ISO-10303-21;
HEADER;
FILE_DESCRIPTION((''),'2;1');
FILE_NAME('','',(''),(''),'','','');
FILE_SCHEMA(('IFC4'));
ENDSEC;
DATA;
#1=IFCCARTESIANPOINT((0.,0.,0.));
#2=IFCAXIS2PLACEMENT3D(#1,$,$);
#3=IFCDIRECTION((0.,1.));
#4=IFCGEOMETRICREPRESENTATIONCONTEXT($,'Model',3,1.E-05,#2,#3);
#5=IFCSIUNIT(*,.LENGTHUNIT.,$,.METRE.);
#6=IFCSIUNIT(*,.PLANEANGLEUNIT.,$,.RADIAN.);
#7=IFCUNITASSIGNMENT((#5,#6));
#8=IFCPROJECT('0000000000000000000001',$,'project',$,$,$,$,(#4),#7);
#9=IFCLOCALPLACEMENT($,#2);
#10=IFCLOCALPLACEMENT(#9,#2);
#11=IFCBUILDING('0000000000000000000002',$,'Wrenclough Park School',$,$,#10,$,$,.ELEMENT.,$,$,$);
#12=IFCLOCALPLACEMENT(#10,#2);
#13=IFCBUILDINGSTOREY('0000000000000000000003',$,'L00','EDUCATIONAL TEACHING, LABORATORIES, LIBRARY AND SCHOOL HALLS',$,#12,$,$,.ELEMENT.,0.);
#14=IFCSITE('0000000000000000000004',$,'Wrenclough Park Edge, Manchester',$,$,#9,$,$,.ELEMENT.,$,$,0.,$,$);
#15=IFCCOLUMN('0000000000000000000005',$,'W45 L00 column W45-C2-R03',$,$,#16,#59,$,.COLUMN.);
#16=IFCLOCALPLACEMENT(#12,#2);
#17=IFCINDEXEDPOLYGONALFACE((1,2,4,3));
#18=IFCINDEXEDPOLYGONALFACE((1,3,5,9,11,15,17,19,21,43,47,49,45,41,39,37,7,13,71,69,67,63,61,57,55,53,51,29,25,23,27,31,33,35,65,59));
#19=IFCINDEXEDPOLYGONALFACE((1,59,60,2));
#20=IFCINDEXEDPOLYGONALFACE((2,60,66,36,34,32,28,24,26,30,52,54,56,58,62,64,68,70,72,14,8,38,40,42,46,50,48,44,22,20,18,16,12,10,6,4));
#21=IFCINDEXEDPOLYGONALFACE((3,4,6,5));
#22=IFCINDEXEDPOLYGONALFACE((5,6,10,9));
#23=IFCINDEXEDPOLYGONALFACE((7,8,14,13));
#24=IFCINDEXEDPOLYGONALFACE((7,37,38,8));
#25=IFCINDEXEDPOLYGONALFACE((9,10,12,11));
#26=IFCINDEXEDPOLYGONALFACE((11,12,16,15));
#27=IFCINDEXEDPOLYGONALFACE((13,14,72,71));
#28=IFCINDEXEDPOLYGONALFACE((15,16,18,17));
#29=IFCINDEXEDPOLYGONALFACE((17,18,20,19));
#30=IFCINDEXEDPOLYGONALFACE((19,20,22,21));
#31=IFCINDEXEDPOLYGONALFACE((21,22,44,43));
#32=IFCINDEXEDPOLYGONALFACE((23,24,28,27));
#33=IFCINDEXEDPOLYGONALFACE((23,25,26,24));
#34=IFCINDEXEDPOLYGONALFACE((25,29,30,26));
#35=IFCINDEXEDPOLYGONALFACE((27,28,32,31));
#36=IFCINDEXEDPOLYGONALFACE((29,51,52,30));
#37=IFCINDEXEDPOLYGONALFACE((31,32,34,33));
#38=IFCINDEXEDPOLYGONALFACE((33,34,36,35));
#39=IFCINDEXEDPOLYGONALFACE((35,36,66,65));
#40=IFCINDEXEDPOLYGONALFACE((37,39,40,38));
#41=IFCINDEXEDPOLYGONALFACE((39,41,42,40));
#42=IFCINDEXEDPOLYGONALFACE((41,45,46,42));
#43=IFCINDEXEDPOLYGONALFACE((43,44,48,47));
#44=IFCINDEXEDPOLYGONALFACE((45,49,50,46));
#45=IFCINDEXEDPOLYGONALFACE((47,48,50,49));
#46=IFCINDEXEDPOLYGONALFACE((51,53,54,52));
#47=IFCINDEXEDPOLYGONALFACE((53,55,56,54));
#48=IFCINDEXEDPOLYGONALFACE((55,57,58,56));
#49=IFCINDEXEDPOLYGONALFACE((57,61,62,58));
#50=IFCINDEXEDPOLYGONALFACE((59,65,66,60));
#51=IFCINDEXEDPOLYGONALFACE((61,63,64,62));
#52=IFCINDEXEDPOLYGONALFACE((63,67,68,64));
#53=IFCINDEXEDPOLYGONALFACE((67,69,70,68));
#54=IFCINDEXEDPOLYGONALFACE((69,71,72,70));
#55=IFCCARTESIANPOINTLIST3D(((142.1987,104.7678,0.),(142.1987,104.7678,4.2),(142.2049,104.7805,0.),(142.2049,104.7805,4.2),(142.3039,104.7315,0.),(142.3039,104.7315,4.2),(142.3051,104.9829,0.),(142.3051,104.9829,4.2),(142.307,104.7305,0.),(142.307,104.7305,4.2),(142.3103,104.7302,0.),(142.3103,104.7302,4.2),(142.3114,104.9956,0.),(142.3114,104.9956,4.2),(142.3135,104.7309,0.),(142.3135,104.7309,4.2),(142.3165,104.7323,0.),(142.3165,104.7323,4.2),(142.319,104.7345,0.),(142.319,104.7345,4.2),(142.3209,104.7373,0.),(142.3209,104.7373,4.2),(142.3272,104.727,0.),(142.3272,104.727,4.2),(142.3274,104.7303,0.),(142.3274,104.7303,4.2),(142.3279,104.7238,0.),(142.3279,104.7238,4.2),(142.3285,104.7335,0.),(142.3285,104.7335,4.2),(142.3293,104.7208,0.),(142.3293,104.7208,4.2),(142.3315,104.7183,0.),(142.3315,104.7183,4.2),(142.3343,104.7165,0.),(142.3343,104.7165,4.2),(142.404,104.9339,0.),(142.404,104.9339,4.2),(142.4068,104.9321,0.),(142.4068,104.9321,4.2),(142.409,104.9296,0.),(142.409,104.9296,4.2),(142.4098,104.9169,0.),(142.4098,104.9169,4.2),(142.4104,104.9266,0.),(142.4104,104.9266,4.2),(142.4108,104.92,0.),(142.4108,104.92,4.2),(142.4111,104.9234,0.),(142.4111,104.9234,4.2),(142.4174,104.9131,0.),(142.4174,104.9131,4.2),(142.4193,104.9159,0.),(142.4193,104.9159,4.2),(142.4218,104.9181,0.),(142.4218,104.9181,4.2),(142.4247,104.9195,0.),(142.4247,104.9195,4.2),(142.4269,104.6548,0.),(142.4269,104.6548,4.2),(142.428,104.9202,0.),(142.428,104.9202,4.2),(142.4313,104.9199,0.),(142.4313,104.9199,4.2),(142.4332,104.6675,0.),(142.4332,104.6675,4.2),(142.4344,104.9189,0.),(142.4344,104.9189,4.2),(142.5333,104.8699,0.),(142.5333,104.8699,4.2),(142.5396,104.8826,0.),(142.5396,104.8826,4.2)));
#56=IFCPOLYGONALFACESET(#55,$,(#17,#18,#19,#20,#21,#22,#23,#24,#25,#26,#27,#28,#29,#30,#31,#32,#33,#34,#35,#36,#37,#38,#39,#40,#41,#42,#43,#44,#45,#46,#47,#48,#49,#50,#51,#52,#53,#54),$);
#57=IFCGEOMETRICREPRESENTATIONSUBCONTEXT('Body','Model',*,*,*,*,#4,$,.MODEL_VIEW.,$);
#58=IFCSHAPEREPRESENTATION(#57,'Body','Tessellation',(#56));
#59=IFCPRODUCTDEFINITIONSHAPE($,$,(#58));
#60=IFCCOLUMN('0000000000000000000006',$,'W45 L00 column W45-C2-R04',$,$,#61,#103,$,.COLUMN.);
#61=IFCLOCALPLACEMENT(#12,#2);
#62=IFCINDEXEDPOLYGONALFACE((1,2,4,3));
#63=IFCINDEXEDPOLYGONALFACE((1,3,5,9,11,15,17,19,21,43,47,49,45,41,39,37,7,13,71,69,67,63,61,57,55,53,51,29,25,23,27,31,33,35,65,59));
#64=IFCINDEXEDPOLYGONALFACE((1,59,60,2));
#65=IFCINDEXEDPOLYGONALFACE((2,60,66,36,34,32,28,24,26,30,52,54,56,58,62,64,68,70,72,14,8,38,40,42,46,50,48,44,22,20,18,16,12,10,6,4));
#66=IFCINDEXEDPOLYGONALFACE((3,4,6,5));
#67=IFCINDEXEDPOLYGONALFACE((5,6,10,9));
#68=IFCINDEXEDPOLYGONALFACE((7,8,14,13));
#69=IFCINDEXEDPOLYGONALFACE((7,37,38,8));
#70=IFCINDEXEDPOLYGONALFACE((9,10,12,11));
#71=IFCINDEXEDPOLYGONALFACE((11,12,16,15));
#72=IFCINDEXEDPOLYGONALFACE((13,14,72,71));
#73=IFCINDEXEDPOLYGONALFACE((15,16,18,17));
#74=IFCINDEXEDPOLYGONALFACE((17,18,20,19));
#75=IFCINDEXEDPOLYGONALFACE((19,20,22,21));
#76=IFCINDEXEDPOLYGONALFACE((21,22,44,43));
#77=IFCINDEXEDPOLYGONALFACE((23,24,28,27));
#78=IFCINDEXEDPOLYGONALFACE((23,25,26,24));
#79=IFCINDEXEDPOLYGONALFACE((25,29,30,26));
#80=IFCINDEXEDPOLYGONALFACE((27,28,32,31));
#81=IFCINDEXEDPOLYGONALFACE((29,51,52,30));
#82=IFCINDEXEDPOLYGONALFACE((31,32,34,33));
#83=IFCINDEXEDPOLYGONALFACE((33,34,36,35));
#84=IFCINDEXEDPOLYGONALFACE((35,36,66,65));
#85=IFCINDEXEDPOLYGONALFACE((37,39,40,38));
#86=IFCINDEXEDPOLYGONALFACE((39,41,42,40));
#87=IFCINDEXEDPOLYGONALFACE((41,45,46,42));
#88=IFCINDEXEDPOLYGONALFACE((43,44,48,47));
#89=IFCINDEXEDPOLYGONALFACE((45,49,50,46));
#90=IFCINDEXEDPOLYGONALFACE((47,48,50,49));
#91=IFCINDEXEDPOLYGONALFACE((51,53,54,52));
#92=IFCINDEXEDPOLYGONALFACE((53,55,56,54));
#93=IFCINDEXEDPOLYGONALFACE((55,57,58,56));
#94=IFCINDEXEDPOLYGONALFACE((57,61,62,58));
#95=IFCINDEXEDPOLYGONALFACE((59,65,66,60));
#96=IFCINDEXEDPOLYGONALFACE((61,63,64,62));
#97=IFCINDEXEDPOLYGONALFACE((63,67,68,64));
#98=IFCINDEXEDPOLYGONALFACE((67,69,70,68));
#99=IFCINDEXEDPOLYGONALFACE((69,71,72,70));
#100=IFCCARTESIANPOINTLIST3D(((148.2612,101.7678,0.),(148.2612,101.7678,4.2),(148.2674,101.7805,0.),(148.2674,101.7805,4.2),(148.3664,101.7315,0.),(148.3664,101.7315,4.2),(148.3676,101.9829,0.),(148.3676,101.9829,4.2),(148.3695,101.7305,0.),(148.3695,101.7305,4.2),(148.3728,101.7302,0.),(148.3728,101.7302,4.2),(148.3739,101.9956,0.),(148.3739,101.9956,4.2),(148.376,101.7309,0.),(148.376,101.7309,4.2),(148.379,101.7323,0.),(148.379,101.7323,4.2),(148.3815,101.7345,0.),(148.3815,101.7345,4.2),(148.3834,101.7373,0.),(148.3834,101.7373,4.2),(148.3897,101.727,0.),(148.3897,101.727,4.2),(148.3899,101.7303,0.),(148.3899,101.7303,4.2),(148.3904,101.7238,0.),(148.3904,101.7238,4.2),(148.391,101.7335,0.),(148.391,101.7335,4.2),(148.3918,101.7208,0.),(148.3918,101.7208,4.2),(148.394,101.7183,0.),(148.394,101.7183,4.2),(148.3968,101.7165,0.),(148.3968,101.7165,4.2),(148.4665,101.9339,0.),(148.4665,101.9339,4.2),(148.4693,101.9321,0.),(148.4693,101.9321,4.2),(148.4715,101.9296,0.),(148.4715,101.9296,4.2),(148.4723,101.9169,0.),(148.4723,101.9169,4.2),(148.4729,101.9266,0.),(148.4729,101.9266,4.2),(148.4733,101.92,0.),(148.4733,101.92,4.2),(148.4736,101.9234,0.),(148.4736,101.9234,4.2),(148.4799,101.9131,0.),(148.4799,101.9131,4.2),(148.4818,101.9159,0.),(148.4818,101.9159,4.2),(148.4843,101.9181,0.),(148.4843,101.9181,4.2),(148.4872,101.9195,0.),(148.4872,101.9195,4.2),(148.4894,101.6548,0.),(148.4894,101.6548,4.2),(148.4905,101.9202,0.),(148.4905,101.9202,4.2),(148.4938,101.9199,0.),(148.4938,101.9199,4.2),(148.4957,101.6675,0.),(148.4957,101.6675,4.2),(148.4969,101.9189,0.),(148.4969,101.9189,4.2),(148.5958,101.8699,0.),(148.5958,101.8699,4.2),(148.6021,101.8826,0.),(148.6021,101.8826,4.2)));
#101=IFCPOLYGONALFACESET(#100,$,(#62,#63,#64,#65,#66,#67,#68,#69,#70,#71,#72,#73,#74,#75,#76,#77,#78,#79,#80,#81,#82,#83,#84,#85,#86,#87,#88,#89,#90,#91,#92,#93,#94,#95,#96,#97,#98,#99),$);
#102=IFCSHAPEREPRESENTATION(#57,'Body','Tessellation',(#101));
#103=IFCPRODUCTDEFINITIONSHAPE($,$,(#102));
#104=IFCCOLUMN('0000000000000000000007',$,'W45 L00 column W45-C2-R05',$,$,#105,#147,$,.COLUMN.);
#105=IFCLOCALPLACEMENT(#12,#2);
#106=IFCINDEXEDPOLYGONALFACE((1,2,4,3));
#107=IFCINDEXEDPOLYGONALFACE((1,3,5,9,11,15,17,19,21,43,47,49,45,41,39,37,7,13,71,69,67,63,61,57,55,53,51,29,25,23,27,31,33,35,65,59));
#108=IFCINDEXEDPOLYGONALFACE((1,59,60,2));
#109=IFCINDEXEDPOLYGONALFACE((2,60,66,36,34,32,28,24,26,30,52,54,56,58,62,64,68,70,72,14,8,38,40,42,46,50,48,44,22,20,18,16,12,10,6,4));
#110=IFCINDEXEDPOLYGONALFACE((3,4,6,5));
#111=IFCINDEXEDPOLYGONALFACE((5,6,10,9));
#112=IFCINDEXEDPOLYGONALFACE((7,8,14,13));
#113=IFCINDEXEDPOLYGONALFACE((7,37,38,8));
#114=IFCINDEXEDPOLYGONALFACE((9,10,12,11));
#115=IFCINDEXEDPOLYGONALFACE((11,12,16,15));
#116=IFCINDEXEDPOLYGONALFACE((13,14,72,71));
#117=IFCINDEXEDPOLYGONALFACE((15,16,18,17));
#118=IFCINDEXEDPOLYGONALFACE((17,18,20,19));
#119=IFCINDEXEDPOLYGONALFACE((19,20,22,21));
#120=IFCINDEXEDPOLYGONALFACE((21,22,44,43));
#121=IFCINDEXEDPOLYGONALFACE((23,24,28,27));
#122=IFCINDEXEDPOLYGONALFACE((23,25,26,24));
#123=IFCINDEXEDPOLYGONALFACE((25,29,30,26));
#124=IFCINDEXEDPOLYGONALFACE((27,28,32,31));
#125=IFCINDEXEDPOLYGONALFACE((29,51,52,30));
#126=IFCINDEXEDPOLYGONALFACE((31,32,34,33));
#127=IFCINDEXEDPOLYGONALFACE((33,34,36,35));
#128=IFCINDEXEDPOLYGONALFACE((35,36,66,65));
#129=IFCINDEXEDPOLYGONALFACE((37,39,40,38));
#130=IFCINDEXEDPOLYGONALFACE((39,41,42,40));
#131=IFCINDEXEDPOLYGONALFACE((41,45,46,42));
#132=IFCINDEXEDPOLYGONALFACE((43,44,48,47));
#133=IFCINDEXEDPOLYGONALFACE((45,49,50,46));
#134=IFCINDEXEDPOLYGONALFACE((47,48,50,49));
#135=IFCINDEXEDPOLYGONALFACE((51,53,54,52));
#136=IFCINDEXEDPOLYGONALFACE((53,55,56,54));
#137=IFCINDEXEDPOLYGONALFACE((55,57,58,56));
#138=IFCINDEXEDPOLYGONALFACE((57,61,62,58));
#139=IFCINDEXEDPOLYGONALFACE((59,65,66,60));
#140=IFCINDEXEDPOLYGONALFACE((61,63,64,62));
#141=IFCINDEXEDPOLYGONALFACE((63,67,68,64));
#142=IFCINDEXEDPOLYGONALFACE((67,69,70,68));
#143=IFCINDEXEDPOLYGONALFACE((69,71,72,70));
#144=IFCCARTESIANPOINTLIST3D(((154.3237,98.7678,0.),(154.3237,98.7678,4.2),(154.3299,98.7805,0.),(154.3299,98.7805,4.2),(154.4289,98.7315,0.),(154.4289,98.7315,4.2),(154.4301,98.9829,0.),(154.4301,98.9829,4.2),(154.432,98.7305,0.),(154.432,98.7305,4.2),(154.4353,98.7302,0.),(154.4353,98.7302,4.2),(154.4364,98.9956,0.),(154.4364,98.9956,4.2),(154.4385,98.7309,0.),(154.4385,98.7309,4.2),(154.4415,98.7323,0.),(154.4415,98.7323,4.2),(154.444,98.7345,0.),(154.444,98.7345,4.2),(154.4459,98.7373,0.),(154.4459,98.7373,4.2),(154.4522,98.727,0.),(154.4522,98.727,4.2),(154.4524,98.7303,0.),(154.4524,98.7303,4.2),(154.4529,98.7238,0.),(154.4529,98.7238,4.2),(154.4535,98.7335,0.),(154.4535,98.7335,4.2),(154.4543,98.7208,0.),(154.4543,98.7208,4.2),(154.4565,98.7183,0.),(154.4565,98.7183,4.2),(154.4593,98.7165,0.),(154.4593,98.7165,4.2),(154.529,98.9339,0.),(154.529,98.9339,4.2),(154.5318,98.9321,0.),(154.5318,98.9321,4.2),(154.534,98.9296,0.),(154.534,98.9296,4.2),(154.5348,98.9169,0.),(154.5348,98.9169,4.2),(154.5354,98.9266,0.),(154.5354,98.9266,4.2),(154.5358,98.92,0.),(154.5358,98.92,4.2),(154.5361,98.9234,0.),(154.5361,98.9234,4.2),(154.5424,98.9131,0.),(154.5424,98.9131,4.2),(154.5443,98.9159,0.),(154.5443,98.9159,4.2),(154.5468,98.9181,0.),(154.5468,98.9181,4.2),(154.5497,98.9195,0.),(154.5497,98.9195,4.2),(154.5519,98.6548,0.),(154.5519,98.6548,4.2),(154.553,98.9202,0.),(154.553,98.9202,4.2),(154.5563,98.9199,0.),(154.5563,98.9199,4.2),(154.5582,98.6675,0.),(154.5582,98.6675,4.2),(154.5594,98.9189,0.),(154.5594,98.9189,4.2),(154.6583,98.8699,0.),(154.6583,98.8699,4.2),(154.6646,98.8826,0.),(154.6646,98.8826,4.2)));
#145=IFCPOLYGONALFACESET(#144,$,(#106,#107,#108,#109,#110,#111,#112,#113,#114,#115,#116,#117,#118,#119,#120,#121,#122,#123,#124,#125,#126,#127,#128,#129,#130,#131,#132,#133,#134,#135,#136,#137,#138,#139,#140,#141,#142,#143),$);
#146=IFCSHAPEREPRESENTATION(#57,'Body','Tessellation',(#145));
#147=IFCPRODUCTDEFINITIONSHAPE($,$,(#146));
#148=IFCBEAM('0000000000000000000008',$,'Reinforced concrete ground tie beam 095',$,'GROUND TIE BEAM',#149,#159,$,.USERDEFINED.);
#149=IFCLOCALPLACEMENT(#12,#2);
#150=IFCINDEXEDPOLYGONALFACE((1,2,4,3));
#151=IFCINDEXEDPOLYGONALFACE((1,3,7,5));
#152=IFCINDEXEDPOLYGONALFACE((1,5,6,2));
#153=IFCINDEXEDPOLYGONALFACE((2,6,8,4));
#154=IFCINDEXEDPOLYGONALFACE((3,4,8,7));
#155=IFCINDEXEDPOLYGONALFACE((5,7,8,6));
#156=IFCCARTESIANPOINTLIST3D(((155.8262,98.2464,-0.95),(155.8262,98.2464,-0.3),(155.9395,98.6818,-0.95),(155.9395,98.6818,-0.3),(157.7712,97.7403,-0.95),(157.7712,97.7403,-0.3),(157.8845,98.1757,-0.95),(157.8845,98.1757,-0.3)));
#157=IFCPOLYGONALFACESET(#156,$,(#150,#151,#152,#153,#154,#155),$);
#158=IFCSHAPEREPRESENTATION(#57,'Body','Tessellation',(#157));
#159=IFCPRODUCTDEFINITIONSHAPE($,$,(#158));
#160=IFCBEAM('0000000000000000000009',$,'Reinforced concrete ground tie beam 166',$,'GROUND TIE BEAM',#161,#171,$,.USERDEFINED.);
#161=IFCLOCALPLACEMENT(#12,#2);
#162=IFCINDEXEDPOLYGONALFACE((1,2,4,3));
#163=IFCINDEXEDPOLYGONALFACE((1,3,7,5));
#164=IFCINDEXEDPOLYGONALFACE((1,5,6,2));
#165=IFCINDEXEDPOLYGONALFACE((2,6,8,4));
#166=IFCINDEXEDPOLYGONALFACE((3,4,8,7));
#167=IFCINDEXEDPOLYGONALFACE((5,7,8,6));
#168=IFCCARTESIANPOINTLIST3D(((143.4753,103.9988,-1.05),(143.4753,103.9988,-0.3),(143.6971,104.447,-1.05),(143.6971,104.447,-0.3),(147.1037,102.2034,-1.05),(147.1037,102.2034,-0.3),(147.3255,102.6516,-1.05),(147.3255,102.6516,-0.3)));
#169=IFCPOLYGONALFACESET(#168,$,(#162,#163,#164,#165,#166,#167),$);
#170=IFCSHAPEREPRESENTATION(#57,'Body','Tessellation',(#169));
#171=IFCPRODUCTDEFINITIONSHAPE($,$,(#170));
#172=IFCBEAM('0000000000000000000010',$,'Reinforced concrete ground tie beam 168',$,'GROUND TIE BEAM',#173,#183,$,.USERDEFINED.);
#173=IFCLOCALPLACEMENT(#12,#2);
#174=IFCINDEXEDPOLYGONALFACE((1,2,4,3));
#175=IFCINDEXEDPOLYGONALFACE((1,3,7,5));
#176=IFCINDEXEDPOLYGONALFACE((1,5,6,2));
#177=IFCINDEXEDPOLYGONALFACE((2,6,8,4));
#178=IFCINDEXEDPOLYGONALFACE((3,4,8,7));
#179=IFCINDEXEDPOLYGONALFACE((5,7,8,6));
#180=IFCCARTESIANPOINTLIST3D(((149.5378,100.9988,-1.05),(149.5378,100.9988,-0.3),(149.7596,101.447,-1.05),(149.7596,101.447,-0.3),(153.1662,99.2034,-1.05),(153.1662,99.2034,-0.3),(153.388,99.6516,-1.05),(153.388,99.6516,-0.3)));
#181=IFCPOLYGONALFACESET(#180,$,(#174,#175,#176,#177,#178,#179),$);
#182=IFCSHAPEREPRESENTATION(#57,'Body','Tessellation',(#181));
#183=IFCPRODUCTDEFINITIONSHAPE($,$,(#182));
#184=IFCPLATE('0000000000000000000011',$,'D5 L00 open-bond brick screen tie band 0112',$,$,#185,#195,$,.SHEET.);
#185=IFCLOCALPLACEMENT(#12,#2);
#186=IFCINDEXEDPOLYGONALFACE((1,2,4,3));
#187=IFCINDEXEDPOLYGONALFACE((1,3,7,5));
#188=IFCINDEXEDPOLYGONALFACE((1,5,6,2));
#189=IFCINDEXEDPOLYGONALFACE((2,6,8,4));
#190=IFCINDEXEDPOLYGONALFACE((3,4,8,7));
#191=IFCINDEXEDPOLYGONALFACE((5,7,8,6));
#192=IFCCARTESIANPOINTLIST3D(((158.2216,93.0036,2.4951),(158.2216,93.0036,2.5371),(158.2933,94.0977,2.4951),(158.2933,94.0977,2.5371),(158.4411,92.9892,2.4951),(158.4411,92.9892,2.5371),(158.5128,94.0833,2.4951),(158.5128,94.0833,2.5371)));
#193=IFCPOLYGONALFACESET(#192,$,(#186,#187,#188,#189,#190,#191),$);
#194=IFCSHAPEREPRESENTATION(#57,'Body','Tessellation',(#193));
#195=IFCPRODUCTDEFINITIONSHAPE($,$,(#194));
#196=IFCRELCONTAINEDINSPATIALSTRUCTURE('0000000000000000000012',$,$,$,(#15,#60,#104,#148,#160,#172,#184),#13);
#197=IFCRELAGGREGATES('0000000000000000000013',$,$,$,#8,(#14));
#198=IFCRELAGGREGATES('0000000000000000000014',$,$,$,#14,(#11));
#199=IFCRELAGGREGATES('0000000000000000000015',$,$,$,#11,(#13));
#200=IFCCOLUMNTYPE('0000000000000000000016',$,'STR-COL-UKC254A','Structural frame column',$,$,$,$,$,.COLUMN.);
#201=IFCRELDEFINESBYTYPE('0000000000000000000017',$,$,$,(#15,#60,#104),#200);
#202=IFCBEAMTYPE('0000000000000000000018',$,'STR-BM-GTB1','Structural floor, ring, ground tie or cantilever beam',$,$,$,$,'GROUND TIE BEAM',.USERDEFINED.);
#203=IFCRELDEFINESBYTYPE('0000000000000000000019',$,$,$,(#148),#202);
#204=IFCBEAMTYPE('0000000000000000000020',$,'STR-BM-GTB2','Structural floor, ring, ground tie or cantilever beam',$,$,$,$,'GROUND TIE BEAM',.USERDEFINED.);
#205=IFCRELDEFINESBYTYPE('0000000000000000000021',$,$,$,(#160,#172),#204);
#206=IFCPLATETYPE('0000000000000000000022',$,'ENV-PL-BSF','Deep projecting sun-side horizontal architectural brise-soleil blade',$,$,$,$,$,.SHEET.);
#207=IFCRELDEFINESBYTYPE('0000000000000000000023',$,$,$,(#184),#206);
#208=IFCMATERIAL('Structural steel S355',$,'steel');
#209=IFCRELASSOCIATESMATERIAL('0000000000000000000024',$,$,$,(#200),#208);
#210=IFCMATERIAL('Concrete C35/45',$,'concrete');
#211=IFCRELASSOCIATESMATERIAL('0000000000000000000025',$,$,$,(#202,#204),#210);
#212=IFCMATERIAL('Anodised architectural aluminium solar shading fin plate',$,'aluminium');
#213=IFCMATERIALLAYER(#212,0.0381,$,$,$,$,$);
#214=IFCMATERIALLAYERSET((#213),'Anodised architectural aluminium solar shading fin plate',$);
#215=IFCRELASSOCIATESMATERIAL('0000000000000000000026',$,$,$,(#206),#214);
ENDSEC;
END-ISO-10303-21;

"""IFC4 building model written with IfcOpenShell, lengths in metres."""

from ifc_helpers import new_model, si_unit, direction, frame, origin, origin_2d, place, context, subcontext, project, spatial, rectangle, i_section, extrude, material, layer, layer_set, material_profile, profile_set, type_object, element, save


model = new_model("IFC4")

# Units and contexts
model_context = context("Model", 3, precision=1e-05, world=origin(), true_north=direction((0.0, 1.0)))
body_context = subcontext(model_context, "Body", "Model", "MODEL_VIEW")
ifc_project = project(units=[si_unit("LENGTHUNIT", "METRE"), si_unit("PLANEANGLEUNIT", "RADIAN")], contexts=[model_context])

# Site, building, storey
site_placement = place(None, origin())
site = spatial("IfcSite", under=ifc_project, at=site_placement, Name="Wrenclough Park Edge, Manchester", CompositionType="ELEMENT", RefElevation=0.0)
building_placement = place(site_placement, origin())
building = spatial("IfcBuilding", under=site, at=building_placement, Name="Wrenclough Park School", CompositionType="ELEMENT")
storey_placement = place(building_placement, origin())
storey = spatial("IfcBuildingStorey", under=building, at=storey_placement, Name="L00", Description="EDUCATIONAL TEACHING, LABORATORIES, LIBRARY AND SCHOOL HALLS", CompositionType="ELEMENT", Elevation=0.0)

# Shared definitions
ifc_material_1 = material(Name="Concrete C35/45", Category="concrete")

# Columns
ifc_material_2 = material(Name="Structural steel S355", Category="steel")
ifc_material_profile_1 = material_profile(ifc_material_2, i_section(OverallWidth=0.2546, OverallDepth=0.2542, WebThickness=0.0085, FlangeThickness=0.0142, FilletRadius=0.0127, at=origin_2d()), Name="UKC 254x254x73")
ifc_profile_set_1 = profile_set([ifc_material_profile_1], Name="Structural steel S355")
column_type = type_object("IfcColumnType", Name="STR-COL-UKC254A", Description="Structural frame column", PredefinedType="COLUMN", material=ifc_profile_set_1)
for number, where, z_axis, x_axis, name in (
    (1, (142.3691, 104.8252, 0.0), (0.0, 0.0, 1.0), (0.896254, -0.443541, 0.0), "W45 L00 column W45-C2-R03"),
    (2, (148.4316, 101.8252, 0.0), (0.0, 0.0, 1.0), (0.896254, -0.443541, 0.0), "W45 L00 column W45-C2-R04"),
    (3, (154.4941, 98.8252, 0.0), (0.0, 0.0, 1.0), (0.896254, -0.443541, 0.0), "W45 L00 column W45-C2-R05"),
):
    element("IfcColumn", number, at=place(storey_placement, frame(where, z_axis=z_axis, x_axis=x_axis)), inside=storey, type_object=column_type, Name=name, PredefinedType="COLUMN", context=body_context, shape_type="SweptSolid", body=[
        extrude(i_section(OverallWidth=0.2546, OverallDepth=0.2542, WebThickness=0.0085, FlangeThickness=0.0142, FilletRadius=0.0127, at=origin_2d()), origin(), (0.0, 0.0, 1.0), 4.2),
    ])

# Beams
ifc_material_profile_2 = material_profile(ifc_material_1, rectangle(XDim=0.45, YDim=0.6499, at=origin_2d()), Name="RC GROUND 450x650")
ifc_profile_set_2 = profile_set([ifc_material_profile_2], Name="Concrete C35/45")
beam_type_1 = type_object("IfcBeamType", Name="STR-BM-GTB1", Description="Structural floor, ring, ground tie or cantilever beam", ElementType="GROUND TIE BEAM", PredefinedType="USERDEFINED", material=ifc_profile_set_2)
beam_placement = place(storey_placement, frame((157.8279, 97.958, -0.625), z_axis=(-0.967776, 0.251814, 0.0), x_axis=(-0.251814, -0.967776, 0.0)))
element("IfcBeam", 4, at=beam_placement, inside=storey, type_object=beam_type_1, Name="Reinforced concrete ground tie beam 095", ObjectType="GROUND TIE BEAM", PredefinedType="USERDEFINED", context=body_context, shape_type="SweptSolid", body=[
    extrude(rectangle(XDim=0.45, YDim=0.6499, at=origin_2d()), origin(), (0.0, 0.0, 1.0), 2.0098),
])
ifc_material_profile_3 = material_profile(ifc_material_1, rectangle(XDim=0.5, YDim=0.75, at=origin_2d()), Name="RC GROUND 500x750")
ifc_profile_set_3 = profile_set([ifc_material_profile_3], Name="Concrete C35/45")
beam_type_2 = type_object("IfcBeamType", Name="STR-BM-GTB2", Description="Structural floor, ring, ground tie or cantilever beam", ElementType="GROUND TIE BEAM", PredefinedType="USERDEFINED", material=ifc_profile_set_3)
for number, where, z_axis, x_axis, name in (
    (5, (143.5862, 104.2229, -0.675), (0.896277, -0.443495, 0.0), (0.443495, 0.896277, 0.0), "Reinforced concrete ground tie beam 166"),
    (6, (149.6487, 101.2229, -0.675), (0.896277, -0.443495, 0.0), (0.443495, 0.896277, 0.0), "Reinforced concrete ground tie beam 168"),
):
    element("IfcBeam", number, at=place(storey_placement, frame(where, z_axis=z_axis, x_axis=x_axis)), inside=storey, type_object=beam_type_2, Name=name, ObjectType="GROUND TIE BEAM", PredefinedType="USERDEFINED", context=body_context, shape_type="SweptSolid", body=[
        extrude(rectangle(XDim=0.5, YDim=0.75, at=origin_2d()), origin(), (0.0, 0.0, 1.0), 4.0483),
    ])

# Plate
ifc_material_3 = material(Name="Anodised architectural aluminium solar shading fin plate", Category="aluminium")
ifc_layer_1 = layer(ifc_material_3, 0.0381)
ifc_layer_set_1 = layer_set([ifc_layer_1], Name="Anodised architectural aluminium solar shading fin plate")
plate_type_1 = type_object("IfcPlateType", Name="ENV-PL-BSF", Description="Deep projecting sun-side horizontal architectural brise-soleil blade", PredefinedType="SHEET", material=ifc_layer_set_1)
plate_1_placement = place(storey_placement, frame((158.3672, 93.5435, 2.4951), z_axis=(0.0, 0.0, 1.0), x_axis=(-0.065392, -0.99786, 0.0)))
element("IfcPlate", 7, at=plate_1_placement, inside=storey, type_object=plate_type_1, Name="D5 L00 open-bond brick screen tie band 0112", PredefinedType="SHEET", context=body_context, shape_type="SweptSolid", body=[
    extrude(rectangle(XDim=1.0964, YDim=0.22, at=origin_2d()), origin(), (0.0, 0.0, 1.0), 0.042),
])

save(model, "model.ifc")
